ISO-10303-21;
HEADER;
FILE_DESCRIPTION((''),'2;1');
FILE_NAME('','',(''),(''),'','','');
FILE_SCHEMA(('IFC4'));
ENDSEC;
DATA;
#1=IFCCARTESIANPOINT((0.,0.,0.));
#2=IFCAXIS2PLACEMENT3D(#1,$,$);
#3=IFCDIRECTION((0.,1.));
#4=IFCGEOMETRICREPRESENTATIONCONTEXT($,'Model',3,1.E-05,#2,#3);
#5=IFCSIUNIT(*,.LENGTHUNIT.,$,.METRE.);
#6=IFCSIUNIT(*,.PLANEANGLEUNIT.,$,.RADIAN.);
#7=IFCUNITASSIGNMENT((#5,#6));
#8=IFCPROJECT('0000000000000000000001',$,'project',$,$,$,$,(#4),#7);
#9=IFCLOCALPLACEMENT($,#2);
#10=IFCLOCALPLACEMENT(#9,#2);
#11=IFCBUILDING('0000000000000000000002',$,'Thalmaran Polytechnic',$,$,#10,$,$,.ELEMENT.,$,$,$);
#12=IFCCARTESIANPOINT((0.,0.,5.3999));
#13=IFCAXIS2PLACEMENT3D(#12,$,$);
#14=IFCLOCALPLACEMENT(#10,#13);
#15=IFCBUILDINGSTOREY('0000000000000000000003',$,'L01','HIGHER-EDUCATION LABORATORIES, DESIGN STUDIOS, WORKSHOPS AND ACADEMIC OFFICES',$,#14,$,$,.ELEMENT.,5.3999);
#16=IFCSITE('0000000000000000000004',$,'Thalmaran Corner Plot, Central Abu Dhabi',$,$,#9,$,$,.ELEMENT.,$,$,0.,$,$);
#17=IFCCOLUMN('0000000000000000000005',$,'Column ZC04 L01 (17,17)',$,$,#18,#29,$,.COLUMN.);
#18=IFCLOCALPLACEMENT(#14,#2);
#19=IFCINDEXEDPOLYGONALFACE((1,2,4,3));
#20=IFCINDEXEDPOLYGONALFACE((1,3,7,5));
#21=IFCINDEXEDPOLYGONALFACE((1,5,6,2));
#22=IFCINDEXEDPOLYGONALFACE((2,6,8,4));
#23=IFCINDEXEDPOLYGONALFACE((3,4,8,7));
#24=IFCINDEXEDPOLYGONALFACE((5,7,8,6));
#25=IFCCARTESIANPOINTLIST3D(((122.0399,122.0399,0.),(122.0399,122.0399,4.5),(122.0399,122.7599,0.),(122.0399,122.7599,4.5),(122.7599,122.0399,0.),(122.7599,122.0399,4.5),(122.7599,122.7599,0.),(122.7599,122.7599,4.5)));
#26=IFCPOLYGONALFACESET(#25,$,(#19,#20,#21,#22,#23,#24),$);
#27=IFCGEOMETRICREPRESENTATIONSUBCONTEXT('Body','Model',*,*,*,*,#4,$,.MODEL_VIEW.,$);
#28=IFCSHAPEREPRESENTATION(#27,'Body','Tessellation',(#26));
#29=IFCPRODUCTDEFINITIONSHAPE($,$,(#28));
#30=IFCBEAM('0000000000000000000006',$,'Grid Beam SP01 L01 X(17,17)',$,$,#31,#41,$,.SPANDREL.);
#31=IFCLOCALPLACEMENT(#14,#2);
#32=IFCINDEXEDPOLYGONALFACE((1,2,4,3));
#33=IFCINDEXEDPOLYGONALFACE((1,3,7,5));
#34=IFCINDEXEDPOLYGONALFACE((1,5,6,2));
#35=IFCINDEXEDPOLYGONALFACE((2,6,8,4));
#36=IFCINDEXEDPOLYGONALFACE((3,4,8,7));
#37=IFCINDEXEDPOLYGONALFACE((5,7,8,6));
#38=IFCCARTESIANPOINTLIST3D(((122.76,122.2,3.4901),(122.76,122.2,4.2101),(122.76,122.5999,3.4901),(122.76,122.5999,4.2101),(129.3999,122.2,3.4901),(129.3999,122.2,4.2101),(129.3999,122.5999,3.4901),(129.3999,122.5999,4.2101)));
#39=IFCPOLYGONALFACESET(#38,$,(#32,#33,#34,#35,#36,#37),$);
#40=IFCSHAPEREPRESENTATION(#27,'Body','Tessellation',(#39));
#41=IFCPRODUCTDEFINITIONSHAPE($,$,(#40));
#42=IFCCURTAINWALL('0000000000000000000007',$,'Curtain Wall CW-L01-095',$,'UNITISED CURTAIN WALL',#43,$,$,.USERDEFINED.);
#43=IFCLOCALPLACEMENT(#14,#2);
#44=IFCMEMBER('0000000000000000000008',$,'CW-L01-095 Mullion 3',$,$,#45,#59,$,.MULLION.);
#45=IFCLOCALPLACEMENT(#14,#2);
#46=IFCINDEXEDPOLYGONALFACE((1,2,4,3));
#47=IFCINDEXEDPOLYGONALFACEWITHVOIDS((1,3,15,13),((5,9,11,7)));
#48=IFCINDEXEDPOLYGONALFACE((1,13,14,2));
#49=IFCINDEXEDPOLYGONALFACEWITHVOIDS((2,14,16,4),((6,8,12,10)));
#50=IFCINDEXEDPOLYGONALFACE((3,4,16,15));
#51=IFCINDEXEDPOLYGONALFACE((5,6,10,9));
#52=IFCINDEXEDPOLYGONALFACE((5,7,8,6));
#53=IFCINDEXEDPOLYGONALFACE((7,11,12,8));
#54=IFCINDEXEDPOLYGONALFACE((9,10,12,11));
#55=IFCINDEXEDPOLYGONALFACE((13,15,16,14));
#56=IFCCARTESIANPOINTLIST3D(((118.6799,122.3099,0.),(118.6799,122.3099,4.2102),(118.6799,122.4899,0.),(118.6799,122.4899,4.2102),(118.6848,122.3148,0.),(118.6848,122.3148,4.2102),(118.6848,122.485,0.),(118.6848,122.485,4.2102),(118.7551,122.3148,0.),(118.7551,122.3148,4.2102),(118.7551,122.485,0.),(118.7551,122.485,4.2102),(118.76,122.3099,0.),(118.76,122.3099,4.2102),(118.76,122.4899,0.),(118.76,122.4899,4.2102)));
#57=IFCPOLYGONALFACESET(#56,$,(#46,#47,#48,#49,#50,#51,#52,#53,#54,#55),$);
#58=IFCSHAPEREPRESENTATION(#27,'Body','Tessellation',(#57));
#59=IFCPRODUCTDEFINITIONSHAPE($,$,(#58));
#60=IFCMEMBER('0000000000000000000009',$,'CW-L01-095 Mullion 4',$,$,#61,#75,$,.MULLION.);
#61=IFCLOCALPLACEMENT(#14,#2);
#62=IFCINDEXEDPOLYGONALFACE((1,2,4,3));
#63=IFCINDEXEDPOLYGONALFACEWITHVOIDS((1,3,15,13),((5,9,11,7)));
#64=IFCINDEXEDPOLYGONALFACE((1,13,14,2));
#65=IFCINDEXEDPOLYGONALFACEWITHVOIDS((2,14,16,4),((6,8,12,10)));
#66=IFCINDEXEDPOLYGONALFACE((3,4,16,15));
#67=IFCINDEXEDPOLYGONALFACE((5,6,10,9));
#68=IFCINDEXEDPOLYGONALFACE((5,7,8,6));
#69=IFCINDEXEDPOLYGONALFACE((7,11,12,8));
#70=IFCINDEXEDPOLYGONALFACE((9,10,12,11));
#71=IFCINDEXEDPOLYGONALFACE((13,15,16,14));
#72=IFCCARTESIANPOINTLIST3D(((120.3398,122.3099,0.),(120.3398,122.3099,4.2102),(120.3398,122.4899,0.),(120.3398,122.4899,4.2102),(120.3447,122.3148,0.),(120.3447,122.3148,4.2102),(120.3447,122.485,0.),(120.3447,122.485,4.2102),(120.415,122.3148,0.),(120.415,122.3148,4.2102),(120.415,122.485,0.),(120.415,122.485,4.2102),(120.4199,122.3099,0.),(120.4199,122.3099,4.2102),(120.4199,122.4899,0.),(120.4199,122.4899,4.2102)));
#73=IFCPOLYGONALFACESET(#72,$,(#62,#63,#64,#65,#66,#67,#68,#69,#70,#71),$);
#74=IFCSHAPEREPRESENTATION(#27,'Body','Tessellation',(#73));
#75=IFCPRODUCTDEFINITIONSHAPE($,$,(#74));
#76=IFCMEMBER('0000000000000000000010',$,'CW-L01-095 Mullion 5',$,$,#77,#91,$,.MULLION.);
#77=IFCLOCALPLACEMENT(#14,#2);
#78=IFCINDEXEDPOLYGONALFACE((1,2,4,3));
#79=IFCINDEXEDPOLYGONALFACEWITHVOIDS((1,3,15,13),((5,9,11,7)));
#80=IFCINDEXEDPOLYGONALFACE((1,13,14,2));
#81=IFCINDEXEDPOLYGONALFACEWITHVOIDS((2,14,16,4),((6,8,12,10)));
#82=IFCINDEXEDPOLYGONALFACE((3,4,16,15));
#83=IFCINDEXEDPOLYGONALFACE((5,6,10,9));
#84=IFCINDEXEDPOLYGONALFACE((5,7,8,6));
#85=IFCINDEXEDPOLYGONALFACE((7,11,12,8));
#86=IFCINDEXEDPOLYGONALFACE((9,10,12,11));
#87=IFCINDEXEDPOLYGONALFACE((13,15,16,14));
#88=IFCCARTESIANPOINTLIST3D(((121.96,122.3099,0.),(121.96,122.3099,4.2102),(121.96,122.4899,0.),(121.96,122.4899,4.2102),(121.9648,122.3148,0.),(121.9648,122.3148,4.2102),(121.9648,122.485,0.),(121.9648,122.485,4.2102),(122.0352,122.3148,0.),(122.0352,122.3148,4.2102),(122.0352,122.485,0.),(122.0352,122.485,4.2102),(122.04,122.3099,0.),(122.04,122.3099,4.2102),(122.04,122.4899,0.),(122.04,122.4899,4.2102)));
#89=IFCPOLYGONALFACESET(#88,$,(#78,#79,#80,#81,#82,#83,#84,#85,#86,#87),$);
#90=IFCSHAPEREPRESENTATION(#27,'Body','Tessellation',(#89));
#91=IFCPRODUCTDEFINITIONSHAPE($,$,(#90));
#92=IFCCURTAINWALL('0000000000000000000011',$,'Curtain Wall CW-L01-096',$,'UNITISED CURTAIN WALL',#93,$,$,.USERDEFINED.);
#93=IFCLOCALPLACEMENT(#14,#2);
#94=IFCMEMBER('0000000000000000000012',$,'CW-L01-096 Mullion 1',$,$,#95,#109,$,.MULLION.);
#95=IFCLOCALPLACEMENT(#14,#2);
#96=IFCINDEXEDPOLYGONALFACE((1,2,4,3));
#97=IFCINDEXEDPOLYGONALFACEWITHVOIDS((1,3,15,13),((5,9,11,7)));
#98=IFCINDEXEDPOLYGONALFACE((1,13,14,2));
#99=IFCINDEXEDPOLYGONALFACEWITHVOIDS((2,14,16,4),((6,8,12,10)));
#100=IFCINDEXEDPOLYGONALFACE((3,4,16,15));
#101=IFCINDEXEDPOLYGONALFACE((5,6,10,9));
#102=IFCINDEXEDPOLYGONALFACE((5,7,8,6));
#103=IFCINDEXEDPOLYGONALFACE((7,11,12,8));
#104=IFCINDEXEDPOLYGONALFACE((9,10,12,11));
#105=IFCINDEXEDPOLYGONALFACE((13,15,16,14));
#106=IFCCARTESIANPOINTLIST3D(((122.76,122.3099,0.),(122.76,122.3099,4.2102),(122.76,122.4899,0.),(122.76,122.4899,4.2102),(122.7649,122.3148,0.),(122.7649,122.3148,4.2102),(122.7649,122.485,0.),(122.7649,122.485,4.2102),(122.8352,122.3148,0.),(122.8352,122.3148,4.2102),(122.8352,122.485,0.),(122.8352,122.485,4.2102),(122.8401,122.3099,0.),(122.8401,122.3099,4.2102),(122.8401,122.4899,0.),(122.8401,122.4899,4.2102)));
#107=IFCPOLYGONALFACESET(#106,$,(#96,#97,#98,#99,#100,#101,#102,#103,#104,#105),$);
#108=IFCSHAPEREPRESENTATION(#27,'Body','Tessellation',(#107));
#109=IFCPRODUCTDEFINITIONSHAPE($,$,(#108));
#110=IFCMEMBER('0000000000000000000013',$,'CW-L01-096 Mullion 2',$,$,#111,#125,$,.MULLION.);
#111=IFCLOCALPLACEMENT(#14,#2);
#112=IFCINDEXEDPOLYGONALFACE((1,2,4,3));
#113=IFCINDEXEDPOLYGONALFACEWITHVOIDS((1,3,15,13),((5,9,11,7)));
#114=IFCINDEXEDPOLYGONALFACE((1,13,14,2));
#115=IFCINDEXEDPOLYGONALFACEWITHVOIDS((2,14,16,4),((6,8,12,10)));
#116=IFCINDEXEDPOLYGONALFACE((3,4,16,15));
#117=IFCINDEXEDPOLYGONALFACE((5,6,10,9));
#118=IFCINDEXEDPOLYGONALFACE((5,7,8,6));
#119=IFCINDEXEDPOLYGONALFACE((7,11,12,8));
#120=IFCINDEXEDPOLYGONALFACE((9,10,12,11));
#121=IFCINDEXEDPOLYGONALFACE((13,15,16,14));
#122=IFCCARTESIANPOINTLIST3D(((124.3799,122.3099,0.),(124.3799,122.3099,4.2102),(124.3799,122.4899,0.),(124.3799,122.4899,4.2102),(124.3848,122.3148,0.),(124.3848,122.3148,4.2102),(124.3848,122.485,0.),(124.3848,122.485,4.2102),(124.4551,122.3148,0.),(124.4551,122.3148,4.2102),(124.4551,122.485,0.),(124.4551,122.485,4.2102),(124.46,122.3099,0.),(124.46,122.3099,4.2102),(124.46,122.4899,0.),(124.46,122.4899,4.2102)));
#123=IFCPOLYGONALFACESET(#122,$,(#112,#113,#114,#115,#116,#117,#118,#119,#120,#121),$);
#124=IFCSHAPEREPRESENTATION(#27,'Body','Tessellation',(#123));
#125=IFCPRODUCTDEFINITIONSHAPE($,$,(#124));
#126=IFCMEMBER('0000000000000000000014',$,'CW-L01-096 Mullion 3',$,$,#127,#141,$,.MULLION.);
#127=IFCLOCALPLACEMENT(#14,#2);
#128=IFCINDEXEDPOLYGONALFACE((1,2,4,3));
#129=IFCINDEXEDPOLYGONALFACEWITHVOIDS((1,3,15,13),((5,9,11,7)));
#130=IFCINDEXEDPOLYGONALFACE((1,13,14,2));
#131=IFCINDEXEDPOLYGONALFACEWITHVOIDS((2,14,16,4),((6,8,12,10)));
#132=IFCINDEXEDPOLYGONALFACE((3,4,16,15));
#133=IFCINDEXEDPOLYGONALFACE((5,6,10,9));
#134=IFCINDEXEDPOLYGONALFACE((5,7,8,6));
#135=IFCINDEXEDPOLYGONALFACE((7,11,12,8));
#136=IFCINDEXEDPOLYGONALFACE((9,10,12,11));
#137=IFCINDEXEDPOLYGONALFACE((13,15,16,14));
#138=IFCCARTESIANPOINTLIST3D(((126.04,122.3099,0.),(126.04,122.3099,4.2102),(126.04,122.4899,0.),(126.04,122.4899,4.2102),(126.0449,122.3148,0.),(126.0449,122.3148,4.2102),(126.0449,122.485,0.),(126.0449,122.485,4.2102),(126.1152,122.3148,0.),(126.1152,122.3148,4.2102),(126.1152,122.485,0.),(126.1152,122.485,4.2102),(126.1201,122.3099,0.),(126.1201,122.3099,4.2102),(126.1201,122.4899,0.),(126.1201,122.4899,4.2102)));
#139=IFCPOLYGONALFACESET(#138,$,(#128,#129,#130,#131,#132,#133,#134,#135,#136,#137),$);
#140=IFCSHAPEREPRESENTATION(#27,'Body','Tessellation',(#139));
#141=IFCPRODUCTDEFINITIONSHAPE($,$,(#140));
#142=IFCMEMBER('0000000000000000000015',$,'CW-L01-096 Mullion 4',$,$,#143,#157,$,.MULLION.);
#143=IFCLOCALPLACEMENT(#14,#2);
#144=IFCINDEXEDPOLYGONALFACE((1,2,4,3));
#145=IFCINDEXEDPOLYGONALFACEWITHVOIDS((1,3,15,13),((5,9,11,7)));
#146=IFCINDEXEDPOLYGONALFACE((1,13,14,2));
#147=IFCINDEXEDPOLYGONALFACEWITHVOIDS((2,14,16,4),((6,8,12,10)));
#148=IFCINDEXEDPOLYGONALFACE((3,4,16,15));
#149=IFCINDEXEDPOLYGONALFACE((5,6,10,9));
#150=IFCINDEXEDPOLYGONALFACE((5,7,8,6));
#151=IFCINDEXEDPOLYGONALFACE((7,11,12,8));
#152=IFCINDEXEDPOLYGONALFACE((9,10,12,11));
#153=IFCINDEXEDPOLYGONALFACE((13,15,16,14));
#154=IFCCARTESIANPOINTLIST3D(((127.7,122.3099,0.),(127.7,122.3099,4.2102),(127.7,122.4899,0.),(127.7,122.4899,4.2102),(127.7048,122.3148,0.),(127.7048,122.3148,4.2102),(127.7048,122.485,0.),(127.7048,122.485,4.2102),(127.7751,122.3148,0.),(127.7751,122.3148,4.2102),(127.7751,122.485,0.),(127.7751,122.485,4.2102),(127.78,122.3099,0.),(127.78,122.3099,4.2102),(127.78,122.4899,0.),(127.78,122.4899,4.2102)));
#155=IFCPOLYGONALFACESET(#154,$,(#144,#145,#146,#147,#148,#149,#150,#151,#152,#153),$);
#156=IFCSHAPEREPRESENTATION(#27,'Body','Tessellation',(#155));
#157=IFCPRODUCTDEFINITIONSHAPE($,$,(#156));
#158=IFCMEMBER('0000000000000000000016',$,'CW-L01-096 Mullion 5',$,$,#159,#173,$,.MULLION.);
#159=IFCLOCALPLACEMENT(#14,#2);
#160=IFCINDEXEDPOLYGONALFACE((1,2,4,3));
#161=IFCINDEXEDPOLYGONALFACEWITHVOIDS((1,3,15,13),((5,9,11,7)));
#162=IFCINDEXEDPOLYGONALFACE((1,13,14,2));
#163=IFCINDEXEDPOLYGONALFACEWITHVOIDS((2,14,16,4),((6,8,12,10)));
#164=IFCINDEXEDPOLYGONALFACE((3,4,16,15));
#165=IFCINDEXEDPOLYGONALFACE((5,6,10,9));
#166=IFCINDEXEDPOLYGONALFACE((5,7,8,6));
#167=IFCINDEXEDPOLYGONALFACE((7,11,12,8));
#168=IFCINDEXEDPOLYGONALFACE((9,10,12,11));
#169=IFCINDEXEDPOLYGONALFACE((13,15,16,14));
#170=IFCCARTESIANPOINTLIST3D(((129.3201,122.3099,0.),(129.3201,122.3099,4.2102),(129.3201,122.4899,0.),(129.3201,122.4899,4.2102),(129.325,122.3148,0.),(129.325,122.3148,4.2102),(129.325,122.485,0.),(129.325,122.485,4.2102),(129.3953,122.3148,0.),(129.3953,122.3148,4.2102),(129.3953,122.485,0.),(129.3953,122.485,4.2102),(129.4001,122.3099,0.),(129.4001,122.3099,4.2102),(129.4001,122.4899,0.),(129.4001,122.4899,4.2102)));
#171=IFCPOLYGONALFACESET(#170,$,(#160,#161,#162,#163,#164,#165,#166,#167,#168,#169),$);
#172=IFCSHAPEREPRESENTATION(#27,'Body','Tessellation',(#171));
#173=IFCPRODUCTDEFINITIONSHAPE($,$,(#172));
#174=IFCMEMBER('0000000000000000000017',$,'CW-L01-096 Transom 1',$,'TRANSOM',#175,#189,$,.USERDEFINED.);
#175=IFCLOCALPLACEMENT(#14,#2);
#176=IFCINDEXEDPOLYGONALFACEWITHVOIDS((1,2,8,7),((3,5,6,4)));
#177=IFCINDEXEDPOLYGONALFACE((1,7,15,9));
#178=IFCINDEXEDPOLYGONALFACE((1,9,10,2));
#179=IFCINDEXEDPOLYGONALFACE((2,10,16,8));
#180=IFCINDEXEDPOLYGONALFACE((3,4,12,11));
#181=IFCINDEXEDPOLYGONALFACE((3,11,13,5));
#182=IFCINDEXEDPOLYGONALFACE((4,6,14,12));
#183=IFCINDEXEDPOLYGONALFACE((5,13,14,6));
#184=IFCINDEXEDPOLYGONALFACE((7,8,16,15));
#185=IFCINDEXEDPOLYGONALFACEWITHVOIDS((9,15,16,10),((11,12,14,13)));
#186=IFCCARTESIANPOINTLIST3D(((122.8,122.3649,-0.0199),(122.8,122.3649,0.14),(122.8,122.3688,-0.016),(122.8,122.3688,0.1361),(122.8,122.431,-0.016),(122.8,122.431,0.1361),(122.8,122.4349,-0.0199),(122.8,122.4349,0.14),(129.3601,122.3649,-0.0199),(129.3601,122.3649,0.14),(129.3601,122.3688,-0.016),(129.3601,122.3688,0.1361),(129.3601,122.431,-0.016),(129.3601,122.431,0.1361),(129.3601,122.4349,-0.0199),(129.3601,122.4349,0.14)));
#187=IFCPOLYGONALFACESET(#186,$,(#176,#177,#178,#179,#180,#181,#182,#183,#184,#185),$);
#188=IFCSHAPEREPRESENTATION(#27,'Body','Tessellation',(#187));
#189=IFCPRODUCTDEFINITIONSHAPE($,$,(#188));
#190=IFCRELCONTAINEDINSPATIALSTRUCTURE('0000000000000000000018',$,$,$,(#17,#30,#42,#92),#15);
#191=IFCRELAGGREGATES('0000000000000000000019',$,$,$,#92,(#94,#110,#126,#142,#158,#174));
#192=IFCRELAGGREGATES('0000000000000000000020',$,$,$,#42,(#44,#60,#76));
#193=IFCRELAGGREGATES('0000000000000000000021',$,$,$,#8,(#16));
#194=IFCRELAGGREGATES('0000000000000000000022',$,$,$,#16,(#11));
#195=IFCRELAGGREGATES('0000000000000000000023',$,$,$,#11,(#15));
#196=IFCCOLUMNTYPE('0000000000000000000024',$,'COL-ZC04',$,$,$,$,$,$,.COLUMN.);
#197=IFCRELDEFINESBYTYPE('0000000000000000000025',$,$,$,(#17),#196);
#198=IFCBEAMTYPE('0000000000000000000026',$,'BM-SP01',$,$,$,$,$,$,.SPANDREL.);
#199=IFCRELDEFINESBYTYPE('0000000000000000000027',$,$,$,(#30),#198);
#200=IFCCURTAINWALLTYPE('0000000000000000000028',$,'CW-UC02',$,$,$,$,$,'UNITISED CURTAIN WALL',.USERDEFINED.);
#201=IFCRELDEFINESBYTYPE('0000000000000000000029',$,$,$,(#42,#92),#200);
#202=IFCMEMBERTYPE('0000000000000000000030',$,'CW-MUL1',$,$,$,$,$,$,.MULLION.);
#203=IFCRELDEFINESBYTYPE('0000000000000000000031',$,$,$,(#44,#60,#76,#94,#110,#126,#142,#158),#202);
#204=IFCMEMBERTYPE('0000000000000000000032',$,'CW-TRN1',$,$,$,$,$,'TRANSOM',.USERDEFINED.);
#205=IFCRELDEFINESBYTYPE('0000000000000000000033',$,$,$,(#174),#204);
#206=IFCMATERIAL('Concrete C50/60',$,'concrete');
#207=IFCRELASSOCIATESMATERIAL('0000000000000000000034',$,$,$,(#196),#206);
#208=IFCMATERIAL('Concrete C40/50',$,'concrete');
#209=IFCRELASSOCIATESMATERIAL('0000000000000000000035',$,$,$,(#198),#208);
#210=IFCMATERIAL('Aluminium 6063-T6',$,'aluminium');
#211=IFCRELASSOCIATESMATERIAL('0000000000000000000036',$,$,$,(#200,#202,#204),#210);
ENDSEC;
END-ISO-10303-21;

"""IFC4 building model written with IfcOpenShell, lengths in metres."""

from ifc_helpers import new_model, si_unit, direction, frame, origin, origin_2d, place, context, subcontext, project, spatial, rectangle, hollow_rectangle, extrude, material, material_profile, profile_set, type_object, element, aggregate, save


model = new_model("IFC4")

# Units and contexts
model_context = context("Model", 3, precision=1e-05, world=origin(), true_north=direction((0.0, 1.0)))
body_context = subcontext(model_context, "Body", "Model", "MODEL_VIEW")
ifc_project = project(units=[si_unit("LENGTHUNIT", "METRE"), si_unit("PLANEANGLEUNIT", "RADIAN")], contexts=[model_context])

# Site, building, storey
site_placement = place(None, origin())
site = spatial("IfcSite", under=ifc_project, at=site_placement, Name="Thalmaran Corner Plot, Central Abu Dhabi", CompositionType="ELEMENT", RefElevation=0.0)
building_placement = place(site_placement, origin())
building = spatial("IfcBuilding", under=site, at=building_placement, Name="Thalmaran Polytechnic", CompositionType="ELEMENT")
storey_placement = place(building_placement, frame((0.0, 0.0, 5.3999)))
storey = spatial("IfcBuildingStorey", under=building, at=storey_placement, Name="L01", Description="HIGHER-EDUCATION LABORATORIES, DESIGN STUDIOS, WORKSHOPS AND ACADEMIC OFFICES", CompositionType="ELEMENT", Elevation=5.3999)

# Column
ifc_material_1 = material(Name="Concrete C50/60", Category="concrete")
ifc_material_profile_1 = material_profile(ifc_material_1, rectangle(XDim=0.72, YDim=0.72, at=origin_2d()), Name="RC 720x720")
ifc_profile_set_1 = profile_set([ifc_material_profile_1], Name="Concrete C50/60")
column_type = type_object("IfcColumnType", Name="COL-ZC04", PredefinedType="COLUMN", material=ifc_profile_set_1)
column_placement = place(storey_placement, frame((122.3999, 122.3999, 0.0), z_axis=(0.0, 0.0, 1.0), x_axis=(1.0, 0.0, 0.0)))
element("IfcColumn", 1, at=column_placement, inside=storey, type_object=column_type, Name="Column ZC04 L01 (17,17)", PredefinedType="COLUMN", context=body_context, shape_type="SweptSolid", body=[
    extrude(rectangle(XDim=0.72, YDim=0.72, at=origin_2d()), origin(), (0.0, 0.0, 1.0), 4.5),
])

# Beam
ifc_material_2 = material(Name="Concrete C40/50", Category="concrete")
ifc_material_profile_2 = material_profile(ifc_material_2, rectangle(XDim=0.3999, YDim=0.72, at=origin_2d()), Name="RC 400x720")
ifc_profile_set_2 = profile_set([ifc_material_profile_2], Name="Concrete C40/50")
beam_type = type_object("IfcBeamType", Name="BM-SP01", PredefinedType="SPANDREL", material=ifc_profile_set_2)
beam_placement = place(storey_placement, frame((122.76, 122.3999, 3.8501), z_axis=(1.0, 0.0, 0.0), x_axis=(0.0, 1.0, 0.0)))
element("IfcBeam", 2, at=beam_placement, inside=storey, type_object=beam_type, Name="Grid Beam SP01 L01 X(17,17)", PredefinedType="SPANDREL", context=body_context, shape_type="SweptSolid", body=[
    extrude(rectangle(XDim=0.3999, YDim=0.72, at=origin_2d()), origin(), (0.0, 0.0, 1.0), 6.6399),
])

# Curtain walls, members
ifc_material_3 = material(Name="Aluminium 6063-T6", Category="aluminium")
curtain_wall_type = type_object("IfcCurtainWallType", Name="CW-UC02", ElementType="UNITISED CURTAIN WALL", PredefinedType="USERDEFINED", material=ifc_material_3)
curtain_wall_1_placement = place(storey_placement, origin())
curtain_wall_1 = element("IfcCurtainWall", 3, at=curtain_wall_1_placement, inside=storey, type_object=curtain_wall_type, Name="Curtain Wall CW-L01-095", ObjectType="UNITISED CURTAIN WALL", PredefinedType="USERDEFINED")
ifc_material_profile_3 = material_profile(ifc_material_3, hollow_rectangle(XDim=0.0801, YDim=0.1799, WallThickness=0.0049, at=origin_2d()), Name="RHS 180x80x5.0")
ifc_profile_set_3 = profile_set([ifc_material_profile_3], Name="Aluminium 6063-T6")
member_type_1 = type_object("IfcMemberType", Name="CW-MUL1", PredefinedType="MULLION", material=ifc_profile_set_3)
member_1_placement = place(storey_placement, frame((118.72, 122.3999, 0.0), z_axis=(0.0, 0.0, 1.0), x_axis=(1.0, 0.0, 0.0)))
member_1 = element("IfcMember", 4, at=member_1_placement, type_object=member_type_1, Name="CW-L01-095 Mullion 3", PredefinedType="MULLION", context=body_context, shape_type="SweptSolid", body=[
    extrude(hollow_rectangle(XDim=0.0801, YDim=0.1799, WallThickness=0.0049, at=origin_2d()), origin(), (0.0, 0.0, 1.0), 4.2102),
])
member_2_placement = place(storey_placement, frame((120.3799, 122.3999, 0.0), z_axis=(0.0, 0.0, 1.0), x_axis=(1.0, 0.0, 0.0)))
member_2 = element("IfcMember", 5, at=member_2_placement, type_object=member_type_1, Name="CW-L01-095 Mullion 4", PredefinedType="MULLION", context=body_context, shape_type="SweptSolid", body=[
    extrude(hollow_rectangle(XDim=0.0801, YDim=0.1799, WallThickness=0.0049, at=origin_2d()), origin(), (0.0, 0.0, 1.0), 4.2102),
])
member_3_placement = place(storey_placement, frame((122.0, 122.3999, 0.0), z_axis=(0.0, 0.0, 1.0), x_axis=(1.0, 0.0, 0.0)))
member_3 = element("IfcMember", 6, at=member_3_placement, type_object=member_type_1, Name="CW-L01-095 Mullion 5", PredefinedType="MULLION", context=body_context, shape_type="SweptSolid", body=[
    extrude(hollow_rectangle(XDim=0.0801, YDim=0.1799, WallThickness=0.0049, at=origin_2d()), origin(), (0.0, 0.0, 1.0), 4.2102),
])
curtain_wall_2_placement = place(storey_placement, origin())
curtain_wall_2 = element("IfcCurtainWall", 7, at=curtain_wall_2_placement, inside=storey, type_object=curtain_wall_type, Name="Curtain Wall CW-L01-096", ObjectType="UNITISED CURTAIN WALL", PredefinedType="USERDEFINED")
member_4_placement = place(storey_placement, frame((122.8, 122.3999, 0.0), z_axis=(0.0, 0.0, 1.0), x_axis=(1.0, 0.0, 0.0)))
member_4 = element("IfcMember", 8, at=member_4_placement, type_object=member_type_1, Name="CW-L01-096 Mullion 1", PredefinedType="MULLION", context=body_context, shape_type="SweptSolid", body=[
    extrude(hollow_rectangle(XDim=0.0801, YDim=0.1799, WallThickness=0.0049, at=origin_2d()), origin(), (0.0, 0.0, 1.0), 4.2102),
])
member_5_placement = place(storey_placement, frame((124.4199, 122.3999, 0.0), z_axis=(0.0, 0.0, 1.0), x_axis=(1.0, 0.0, 0.0)))
member_5 = element("IfcMember", 9, at=member_5_placement, type_object=member_type_1, Name="CW-L01-096 Mullion 2", PredefinedType="MULLION", context=body_context, shape_type="SweptSolid", body=[
    extrude(hollow_rectangle(XDim=0.0801, YDim=0.1799, WallThickness=0.0049, at=origin_2d()), origin(), (0.0, 0.0, 1.0), 4.2102),
])
member_6_placement = place(storey_placement, frame((126.0801, 122.3999, 0.0), z_axis=(0.0, 0.0, 1.0), x_axis=(1.0, 0.0, 0.0)))
member_6 = element("IfcMember", 10, at=member_6_placement, type_object=member_type_1, Name="CW-L01-096 Mullion 3", PredefinedType="MULLION", context=body_context, shape_type="SweptSolid", body=[
    extrude(hollow_rectangle(XDim=0.0801, YDim=0.1799, WallThickness=0.0049, at=origin_2d()), origin(), (0.0, 0.0, 1.0), 4.2102),
])
member_7_placement = place(storey_placement, frame((127.74, 122.3999, 0.0), z_axis=(0.0, 0.0, 1.0), x_axis=(1.0, 0.0, 0.0)))
member_7 = element("IfcMember", 11, at=member_7_placement, type_object=member_type_1, Name="CW-L01-096 Mullion 4", PredefinedType="MULLION", context=body_context, shape_type="SweptSolid", body=[
    extrude(hollow_rectangle(XDim=0.0801, YDim=0.1799, WallThickness=0.0049, at=origin_2d()), origin(), (0.0, 0.0, 1.0), 4.2102),
])
member_8_placement = place(storey_placement, frame((129.3601, 122.3999, 0.0), z_axis=(0.0, 0.0, 1.0), x_axis=(1.0, 0.0, 0.0)))
member_8 = element("IfcMember", 12, at=member_8_placement, type_object=member_type_1, Name="CW-L01-096 Mullion 5", PredefinedType="MULLION", context=body_context, shape_type="SweptSolid", body=[
    extrude(hollow_rectangle(XDim=0.0801, YDim=0.1799, WallThickness=0.0049, at=origin_2d()), origin(), (0.0, 0.0, 1.0), 4.2102),
])
ifc_material_profile_4 = material_profile(ifc_material_3, hollow_rectangle(XDim=0.0701, YDim=0.1599, WallThickness=0.0039, at=origin_2d()), Name="AL 160x70x4.0")
ifc_profile_set_4 = profile_set([ifc_material_profile_4], Name="Aluminium 6063-T6")
member_type_2 = type_object("IfcMemberType", Name="CW-TRN1", ElementType="TRANSOM", PredefinedType="USERDEFINED", material=ifc_profile_set_4)
member_9_placement = place(storey_placement, frame((122.8, 122.3999, 0.0601), z_axis=(1.0, 0.0, 0.0), x_axis=(0.0, 1.0, 0.0)))
member_9 = element("IfcMember", 13, at=member_9_placement, type_object=member_type_2, Name="CW-L01-096 Transom 1", ObjectType="TRANSOM", PredefinedType="USERDEFINED", context=body_context, shape_type="SweptSolid", body=[
    extrude(hollow_rectangle(XDim=0.0701, YDim=0.1599, WallThickness=0.0039, at=origin_2d()), origin(), (0.0, 0.0, 1.0), 6.5601),
])

aggregate(curtain_wall_2, [member_4, member_5, member_6, member_7, member_8, member_9])
aggregate(curtain_wall_1, [member_1, member_2, member_3])

save(model, "model.ifc")
